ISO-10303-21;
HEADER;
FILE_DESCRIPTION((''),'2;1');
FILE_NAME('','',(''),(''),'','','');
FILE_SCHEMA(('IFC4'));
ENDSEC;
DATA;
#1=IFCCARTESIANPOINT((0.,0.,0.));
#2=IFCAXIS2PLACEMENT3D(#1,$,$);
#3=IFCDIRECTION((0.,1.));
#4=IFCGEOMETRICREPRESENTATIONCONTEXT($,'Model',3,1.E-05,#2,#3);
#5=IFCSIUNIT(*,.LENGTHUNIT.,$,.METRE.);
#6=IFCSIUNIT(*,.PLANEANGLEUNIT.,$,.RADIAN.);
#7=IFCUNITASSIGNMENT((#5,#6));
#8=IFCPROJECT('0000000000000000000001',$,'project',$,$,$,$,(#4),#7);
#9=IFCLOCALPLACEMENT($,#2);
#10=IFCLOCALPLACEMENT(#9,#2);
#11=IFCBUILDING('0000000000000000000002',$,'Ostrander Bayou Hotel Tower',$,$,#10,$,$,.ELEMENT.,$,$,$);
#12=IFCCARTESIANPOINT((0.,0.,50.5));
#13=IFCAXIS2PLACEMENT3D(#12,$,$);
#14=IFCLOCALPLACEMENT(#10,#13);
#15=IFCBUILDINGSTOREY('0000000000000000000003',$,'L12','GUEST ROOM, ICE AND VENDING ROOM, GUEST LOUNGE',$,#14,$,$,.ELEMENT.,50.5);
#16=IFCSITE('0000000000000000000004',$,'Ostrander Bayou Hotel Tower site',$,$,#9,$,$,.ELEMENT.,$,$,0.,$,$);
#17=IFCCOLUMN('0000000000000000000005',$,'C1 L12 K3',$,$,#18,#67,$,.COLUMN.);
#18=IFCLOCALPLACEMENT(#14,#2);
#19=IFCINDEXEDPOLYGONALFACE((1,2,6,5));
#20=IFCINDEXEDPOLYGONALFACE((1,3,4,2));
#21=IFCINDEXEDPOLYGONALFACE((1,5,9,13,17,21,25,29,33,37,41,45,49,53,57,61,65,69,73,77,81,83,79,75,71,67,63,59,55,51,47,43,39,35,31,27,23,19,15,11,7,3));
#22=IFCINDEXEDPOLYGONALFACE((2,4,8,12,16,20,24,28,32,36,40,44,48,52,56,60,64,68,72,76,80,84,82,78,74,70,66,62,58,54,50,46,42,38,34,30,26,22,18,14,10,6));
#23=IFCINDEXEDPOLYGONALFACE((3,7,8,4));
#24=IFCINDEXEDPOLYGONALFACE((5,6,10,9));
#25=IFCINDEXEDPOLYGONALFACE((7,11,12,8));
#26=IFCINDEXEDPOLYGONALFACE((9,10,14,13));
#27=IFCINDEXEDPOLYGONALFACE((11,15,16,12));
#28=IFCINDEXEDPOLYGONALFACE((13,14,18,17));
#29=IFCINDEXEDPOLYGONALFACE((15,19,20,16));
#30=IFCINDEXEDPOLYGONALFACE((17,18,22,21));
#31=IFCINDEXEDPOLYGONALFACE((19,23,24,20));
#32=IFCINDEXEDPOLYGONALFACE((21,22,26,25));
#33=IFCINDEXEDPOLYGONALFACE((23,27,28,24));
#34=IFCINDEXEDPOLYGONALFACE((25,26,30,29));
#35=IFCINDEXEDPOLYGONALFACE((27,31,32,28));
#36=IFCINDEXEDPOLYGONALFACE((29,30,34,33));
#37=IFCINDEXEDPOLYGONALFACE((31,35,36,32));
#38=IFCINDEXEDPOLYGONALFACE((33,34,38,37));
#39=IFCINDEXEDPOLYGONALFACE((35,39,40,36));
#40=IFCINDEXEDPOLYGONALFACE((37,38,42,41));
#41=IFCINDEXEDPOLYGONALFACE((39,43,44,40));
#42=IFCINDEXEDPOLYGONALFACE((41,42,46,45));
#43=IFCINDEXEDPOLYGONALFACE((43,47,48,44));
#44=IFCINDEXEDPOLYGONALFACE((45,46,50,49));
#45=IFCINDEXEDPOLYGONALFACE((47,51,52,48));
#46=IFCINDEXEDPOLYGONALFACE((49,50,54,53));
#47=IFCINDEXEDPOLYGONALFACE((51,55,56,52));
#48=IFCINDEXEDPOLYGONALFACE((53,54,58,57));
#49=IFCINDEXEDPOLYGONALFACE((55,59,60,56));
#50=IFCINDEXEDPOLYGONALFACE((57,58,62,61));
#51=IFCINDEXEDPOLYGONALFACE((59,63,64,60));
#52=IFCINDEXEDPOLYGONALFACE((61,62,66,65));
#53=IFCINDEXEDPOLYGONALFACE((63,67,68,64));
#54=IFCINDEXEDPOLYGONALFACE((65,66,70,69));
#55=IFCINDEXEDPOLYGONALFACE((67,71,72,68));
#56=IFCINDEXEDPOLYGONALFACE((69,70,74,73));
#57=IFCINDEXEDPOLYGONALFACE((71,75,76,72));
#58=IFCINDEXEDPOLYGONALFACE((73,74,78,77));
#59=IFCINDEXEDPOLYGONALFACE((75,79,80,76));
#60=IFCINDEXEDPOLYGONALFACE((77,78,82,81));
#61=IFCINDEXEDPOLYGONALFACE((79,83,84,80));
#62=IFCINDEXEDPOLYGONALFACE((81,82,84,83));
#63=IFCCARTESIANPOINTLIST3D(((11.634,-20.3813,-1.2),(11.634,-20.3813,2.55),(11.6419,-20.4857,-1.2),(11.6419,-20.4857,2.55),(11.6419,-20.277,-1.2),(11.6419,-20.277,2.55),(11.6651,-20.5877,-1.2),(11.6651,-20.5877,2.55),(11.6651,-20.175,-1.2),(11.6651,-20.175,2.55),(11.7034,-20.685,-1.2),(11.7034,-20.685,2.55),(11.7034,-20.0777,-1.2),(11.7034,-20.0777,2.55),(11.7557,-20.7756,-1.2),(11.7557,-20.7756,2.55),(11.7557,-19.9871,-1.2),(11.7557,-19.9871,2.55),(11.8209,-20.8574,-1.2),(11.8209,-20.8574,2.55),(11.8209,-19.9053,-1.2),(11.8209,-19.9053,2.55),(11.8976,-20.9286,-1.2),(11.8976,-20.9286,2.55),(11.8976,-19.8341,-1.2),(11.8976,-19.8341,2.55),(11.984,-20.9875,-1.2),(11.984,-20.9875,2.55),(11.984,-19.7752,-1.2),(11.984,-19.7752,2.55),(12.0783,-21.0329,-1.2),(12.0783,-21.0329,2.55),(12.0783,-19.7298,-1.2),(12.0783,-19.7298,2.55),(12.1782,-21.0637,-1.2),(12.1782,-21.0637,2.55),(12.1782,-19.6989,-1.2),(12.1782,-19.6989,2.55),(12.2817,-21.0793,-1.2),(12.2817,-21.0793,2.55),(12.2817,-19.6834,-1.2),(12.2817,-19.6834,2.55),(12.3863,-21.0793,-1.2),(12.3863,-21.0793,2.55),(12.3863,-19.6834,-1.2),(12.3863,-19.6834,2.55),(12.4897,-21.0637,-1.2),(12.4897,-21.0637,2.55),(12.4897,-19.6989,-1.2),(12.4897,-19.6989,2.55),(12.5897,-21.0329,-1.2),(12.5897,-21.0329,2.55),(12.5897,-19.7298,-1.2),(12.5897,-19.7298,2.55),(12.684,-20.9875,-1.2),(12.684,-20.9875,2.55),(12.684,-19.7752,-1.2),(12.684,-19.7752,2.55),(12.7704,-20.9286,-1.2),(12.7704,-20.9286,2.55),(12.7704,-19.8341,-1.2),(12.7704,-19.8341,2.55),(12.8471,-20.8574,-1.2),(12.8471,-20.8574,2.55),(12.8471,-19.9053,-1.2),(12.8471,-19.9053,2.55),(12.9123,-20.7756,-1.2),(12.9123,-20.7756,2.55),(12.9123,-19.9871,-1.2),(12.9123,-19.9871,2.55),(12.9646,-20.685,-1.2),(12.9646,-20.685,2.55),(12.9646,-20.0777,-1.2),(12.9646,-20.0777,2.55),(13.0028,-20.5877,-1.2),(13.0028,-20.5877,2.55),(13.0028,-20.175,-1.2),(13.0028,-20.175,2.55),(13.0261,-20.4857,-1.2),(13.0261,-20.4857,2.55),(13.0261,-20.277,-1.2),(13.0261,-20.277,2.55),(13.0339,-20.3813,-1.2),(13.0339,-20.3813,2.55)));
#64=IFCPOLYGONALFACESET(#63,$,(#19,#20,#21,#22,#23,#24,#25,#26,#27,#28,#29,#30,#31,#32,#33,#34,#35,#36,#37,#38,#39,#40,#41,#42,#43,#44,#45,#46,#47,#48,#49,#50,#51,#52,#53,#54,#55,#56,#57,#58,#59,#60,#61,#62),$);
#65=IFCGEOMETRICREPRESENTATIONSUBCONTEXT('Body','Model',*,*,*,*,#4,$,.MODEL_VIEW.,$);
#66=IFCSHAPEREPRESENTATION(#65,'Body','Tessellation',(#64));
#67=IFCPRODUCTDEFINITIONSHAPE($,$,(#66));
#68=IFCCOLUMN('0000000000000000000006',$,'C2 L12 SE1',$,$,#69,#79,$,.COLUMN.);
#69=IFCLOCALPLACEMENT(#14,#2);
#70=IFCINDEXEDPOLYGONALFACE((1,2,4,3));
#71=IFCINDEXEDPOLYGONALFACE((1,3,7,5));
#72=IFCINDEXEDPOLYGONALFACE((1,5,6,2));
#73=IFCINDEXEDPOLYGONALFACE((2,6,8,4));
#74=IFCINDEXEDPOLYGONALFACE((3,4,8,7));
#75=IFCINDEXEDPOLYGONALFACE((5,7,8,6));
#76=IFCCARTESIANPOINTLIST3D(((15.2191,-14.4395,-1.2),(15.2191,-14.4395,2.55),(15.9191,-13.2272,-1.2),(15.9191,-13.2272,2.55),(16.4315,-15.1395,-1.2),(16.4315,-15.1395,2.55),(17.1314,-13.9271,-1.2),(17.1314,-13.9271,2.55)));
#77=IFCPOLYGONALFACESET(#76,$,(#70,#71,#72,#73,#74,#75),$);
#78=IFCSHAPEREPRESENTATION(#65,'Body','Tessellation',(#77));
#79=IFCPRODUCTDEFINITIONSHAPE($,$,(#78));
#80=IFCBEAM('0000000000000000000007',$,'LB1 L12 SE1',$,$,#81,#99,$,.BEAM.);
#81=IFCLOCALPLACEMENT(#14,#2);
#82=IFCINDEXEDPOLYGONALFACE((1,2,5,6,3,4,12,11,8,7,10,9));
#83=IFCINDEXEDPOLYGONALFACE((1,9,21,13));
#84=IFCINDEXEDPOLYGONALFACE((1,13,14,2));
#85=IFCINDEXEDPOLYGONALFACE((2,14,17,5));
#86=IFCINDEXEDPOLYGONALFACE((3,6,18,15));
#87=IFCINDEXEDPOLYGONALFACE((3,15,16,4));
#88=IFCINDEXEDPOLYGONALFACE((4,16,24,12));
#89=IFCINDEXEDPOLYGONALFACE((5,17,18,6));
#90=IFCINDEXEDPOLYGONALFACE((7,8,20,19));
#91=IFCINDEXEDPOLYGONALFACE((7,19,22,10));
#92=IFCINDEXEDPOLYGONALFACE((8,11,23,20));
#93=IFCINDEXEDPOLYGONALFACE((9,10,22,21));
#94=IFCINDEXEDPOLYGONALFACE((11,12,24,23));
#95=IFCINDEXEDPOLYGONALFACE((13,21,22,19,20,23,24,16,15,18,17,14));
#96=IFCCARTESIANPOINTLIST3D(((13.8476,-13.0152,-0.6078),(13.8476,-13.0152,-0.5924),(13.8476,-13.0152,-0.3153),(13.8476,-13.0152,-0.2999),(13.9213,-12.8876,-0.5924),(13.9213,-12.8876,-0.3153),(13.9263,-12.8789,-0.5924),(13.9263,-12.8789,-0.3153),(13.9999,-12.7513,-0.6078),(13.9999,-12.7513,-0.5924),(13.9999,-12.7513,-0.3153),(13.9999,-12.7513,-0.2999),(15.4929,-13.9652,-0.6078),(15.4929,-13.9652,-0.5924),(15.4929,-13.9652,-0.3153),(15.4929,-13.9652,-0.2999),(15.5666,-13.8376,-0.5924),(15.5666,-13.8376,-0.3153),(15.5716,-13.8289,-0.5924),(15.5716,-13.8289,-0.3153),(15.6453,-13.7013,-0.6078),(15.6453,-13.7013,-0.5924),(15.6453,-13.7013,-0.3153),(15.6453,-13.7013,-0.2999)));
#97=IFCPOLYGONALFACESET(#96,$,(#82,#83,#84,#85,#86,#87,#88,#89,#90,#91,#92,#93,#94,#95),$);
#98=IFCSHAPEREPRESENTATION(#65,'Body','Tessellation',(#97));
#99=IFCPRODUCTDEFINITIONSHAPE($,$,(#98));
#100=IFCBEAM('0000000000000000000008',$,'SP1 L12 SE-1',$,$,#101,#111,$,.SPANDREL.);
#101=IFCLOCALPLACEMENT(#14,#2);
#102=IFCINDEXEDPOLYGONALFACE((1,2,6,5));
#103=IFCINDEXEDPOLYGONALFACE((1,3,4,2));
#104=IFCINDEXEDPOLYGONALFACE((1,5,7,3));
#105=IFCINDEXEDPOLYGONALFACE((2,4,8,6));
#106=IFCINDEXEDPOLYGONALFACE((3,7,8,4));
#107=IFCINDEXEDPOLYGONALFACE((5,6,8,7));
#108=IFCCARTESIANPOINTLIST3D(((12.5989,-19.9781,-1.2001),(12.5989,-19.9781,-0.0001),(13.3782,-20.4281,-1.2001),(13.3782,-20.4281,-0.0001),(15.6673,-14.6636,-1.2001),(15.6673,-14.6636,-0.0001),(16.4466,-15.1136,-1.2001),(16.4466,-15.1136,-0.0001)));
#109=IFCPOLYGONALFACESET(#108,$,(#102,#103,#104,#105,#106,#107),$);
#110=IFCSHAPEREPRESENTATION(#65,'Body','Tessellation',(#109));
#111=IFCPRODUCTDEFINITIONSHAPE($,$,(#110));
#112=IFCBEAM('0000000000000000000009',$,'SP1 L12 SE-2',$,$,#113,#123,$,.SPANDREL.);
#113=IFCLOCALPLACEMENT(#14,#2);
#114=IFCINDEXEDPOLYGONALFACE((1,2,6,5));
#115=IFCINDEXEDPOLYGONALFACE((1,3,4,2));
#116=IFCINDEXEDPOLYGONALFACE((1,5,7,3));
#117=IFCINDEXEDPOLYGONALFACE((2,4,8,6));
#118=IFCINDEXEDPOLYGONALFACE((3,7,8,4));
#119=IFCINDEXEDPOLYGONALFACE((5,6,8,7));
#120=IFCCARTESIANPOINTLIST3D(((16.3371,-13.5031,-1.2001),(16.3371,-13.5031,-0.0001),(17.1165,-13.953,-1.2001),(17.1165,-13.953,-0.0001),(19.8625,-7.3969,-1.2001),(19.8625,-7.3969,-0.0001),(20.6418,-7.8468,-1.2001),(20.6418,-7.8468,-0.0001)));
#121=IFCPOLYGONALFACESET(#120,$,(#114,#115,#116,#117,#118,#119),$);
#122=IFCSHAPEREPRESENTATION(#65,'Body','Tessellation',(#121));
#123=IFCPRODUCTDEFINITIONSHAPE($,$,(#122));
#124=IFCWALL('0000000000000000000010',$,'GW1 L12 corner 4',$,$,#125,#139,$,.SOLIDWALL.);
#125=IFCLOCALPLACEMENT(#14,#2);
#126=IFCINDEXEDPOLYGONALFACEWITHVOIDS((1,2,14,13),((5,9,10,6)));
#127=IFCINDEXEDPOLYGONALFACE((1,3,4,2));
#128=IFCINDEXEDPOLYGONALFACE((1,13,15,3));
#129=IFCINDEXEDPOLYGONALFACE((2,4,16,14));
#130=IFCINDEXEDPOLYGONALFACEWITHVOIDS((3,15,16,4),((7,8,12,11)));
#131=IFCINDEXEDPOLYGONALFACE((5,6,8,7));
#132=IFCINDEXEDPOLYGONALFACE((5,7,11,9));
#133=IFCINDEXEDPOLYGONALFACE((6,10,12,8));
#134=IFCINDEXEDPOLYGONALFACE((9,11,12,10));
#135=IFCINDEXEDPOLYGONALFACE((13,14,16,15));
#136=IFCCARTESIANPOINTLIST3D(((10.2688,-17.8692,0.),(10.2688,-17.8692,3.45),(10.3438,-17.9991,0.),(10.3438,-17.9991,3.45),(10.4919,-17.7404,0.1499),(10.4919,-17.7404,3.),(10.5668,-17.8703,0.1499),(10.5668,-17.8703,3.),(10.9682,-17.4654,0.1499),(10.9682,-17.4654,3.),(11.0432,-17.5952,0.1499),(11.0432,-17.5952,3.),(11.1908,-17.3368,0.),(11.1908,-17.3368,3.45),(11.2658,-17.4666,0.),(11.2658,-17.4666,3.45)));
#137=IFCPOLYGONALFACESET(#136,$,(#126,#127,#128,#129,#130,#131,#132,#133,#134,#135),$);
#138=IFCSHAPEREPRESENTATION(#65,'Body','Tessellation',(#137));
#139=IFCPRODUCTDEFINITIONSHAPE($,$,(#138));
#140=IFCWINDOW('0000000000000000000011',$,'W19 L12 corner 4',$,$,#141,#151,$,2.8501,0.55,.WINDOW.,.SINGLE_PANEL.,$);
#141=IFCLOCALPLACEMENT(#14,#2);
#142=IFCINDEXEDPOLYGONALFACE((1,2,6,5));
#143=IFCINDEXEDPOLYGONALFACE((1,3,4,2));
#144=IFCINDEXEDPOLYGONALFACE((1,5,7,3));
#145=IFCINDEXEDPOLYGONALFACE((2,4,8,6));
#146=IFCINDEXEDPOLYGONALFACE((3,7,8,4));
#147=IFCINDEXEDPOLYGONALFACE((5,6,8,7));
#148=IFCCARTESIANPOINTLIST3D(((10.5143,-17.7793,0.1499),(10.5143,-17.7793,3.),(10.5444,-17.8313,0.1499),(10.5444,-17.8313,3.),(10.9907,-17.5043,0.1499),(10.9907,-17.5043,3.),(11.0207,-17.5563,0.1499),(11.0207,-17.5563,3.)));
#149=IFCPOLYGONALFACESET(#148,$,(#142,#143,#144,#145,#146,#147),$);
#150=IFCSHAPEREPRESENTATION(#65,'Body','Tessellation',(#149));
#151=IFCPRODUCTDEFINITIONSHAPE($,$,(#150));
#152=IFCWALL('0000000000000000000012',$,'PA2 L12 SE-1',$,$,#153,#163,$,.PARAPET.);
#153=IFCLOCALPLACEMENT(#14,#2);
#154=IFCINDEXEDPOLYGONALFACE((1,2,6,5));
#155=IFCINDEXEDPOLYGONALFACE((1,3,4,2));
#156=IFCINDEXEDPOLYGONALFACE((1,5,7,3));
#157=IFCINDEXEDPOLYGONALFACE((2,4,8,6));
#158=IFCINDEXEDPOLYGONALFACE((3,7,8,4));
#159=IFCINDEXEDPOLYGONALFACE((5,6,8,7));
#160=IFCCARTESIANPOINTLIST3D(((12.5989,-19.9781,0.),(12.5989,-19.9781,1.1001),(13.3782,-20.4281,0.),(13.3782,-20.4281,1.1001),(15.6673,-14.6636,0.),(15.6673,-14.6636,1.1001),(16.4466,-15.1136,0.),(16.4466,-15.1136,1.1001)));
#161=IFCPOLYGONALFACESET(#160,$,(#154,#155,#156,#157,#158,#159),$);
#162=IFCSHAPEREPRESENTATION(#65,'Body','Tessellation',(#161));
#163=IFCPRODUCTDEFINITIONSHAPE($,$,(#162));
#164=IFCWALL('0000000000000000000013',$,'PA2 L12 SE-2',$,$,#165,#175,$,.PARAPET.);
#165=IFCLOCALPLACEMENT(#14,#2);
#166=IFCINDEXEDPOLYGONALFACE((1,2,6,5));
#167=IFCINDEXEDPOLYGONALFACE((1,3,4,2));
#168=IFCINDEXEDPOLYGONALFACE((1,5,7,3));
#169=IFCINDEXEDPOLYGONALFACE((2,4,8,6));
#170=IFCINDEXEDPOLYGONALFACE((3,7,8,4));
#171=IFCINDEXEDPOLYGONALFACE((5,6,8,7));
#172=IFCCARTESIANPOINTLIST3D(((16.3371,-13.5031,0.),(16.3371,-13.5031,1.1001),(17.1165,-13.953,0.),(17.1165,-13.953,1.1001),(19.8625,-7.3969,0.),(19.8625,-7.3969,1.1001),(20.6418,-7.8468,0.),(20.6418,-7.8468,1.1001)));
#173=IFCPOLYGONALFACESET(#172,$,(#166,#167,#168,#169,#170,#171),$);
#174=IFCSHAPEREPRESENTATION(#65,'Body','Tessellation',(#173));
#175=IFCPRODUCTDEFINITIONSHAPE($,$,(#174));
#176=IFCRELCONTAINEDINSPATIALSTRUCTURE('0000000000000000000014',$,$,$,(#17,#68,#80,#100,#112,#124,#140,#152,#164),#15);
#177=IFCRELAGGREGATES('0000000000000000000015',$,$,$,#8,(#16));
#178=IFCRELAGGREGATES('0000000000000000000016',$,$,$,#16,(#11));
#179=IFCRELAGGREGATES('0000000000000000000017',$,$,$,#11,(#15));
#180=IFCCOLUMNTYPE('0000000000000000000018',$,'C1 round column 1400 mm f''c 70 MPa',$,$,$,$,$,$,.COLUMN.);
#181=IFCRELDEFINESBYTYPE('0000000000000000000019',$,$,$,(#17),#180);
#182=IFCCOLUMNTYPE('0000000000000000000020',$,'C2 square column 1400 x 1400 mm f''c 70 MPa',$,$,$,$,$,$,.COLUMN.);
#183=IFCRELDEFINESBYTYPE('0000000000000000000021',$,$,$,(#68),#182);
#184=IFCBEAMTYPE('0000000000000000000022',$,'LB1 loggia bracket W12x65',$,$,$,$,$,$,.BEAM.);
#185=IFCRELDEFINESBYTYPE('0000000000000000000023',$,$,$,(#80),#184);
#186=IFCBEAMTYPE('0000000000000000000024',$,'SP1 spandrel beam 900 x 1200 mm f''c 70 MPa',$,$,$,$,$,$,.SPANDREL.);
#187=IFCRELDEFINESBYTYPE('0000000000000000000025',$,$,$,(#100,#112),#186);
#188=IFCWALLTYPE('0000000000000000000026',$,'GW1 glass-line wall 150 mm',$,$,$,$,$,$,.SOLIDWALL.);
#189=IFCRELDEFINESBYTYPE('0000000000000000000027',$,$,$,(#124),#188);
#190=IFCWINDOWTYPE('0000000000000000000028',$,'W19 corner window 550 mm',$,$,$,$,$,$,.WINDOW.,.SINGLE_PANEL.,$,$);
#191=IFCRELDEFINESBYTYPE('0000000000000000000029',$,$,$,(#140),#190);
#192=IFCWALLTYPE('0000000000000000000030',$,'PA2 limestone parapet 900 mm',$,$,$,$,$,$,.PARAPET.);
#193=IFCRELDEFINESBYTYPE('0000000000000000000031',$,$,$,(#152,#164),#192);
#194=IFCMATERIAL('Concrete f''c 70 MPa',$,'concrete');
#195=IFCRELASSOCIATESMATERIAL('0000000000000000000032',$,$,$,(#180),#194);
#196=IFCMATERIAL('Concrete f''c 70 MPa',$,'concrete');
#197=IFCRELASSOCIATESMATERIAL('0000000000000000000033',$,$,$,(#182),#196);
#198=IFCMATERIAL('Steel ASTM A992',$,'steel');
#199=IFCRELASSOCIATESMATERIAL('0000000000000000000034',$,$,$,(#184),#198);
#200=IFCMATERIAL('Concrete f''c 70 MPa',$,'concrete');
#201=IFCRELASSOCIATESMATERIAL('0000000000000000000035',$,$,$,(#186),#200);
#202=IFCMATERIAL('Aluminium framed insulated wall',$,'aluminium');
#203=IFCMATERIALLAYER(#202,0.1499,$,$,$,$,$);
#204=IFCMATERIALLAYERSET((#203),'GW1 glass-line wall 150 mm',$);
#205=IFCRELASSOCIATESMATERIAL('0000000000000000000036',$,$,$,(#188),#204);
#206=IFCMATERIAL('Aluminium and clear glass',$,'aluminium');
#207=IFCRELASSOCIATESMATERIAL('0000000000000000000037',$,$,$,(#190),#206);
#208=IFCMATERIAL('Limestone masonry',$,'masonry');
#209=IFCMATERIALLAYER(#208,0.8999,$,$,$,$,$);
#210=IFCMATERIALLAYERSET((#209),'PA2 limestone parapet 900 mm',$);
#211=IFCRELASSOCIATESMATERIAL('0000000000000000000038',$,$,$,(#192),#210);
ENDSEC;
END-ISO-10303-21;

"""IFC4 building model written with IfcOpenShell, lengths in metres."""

from ifc_helpers import new_model, si_unit, direction, frame, frame_2d, origin, origin_2d, place, context, subcontext, project, spatial, rectangle, circle, i_section, extrude, material, layer, layer_set, material_profile, profile_set, type_object, element, fill, save


model = new_model("IFC4")

# Units and contexts
model_context = context("Model", 3, precision=1e-05, world=origin(), true_north=direction((0.0, 1.0)))
body_context = subcontext(model_context, "Body", "Model", "MODEL_VIEW")
ifc_project = project(units=[si_unit("LENGTHUNIT", "METRE"), si_unit("PLANEANGLEUNIT", "RADIAN")], contexts=[model_context])

# Site, building, storey
site_placement = place(None, origin())
site = spatial("IfcSite", under=ifc_project, at=site_placement, Name="Ostrander Bayou Hotel Tower site", CompositionType="ELEMENT", RefElevation=0.0)
building_placement = place(site_placement, origin())
building = spatial("IfcBuilding", under=site, at=building_placement, Name="Ostrander Bayou Hotel Tower", CompositionType="ELEMENT")
storey_placement = place(building_placement, frame((0.0, 0.0, 50.5)))
storey = spatial("IfcBuildingStorey", under=building, at=storey_placement, Name="L12", Description="GUEST ROOM, ICE AND VENDING ROOM, GUEST LOUNGE", CompositionType="ELEMENT", Elevation=50.5)

# Columns
ifc_material_1 = material(Name="Concrete f'c 70 MPa", Category="concrete")
ifc_material_profile_1 = material_profile(ifc_material_1, circle(Radius=0.7, at=origin_2d()))
ifc_profile_set_1 = profile_set([ifc_material_profile_1], Name="Concrete f'c 70 MPa")
column_type_1 = type_object("IfcColumnType", Name="C1 round column 1400 mm f'c 70 MPa", PredefinedType="COLUMN", material=ifc_profile_set_1)
column_1_placement = place(storey_placement, frame((12.334, -20.3813, -1.2), z_axis=(0.0, 0.0, 1.0), x_axis=(1.0, 0.0, 0.0)))
element("IfcColumn", 1, at=column_1_placement, inside=storey, type_object=column_type_1, Name="C1 L12 K3", PredefinedType="COLUMN", context=body_context, shape_type="SweptSolid", body=[
    extrude(circle(Radius=0.7, at=origin_2d()), origin(), (0.0, 0.0, 1.0), 3.75),
])
ifc_material_2 = material(Name="Concrete f'c 70 MPa", Category="concrete")
ifc_material_profile_2 = material_profile(ifc_material_2, rectangle(XDim=1.3999, YDim=1.3999, at=origin_2d()))
ifc_profile_set_2 = profile_set([ifc_material_profile_2], Name="Concrete f'c 70 MPa")
column_type_2 = type_object("IfcColumnType", Name="C2 square column 1400 x 1400 mm f'c 70 MPa", PredefinedType="COLUMN", material=ifc_profile_set_2)
column_2_placement = place(storey_placement, frame((16.1753, -14.1833, -1.2), z_axis=(0.0, 0.0, 1.0), x_axis=(-0.5, -0.866025, 0.0)))
element("IfcColumn", 2, at=column_2_placement, inside=storey, type_object=column_type_2, Name="C2 L12 SE1", PredefinedType="COLUMN", context=body_context, shape_type="SweptSolid", body=[
    extrude(rectangle(XDim=1.3999, YDim=1.3999, at=origin_2d()), origin(), (0.0, 0.0, 1.0), 3.75),
])

# Beams
ifc_material_3 = material(Name="Steel ASTM A992", Category="steel")
ifc_material_profile_3 = material_profile(ifc_material_3, i_section(OverallWidth=0.3047, OverallDepth=0.3079, WebThickness=0.01, FlangeThickness=0.0154, at=origin_2d()))
ifc_profile_set_3 = profile_set([ifc_material_profile_3], Name="Steel ASTM A992")
beam_type_1 = type_object("IfcBeamType", Name="LB1 loggia bracket W12x65", PredefinedType="BEAM", material=ifc_profile_set_3)
beam_1_placement = place(storey_placement, frame((15.5691, -13.8333, -0.4539), z_axis=(-0.866012, 0.500023, 0.0), x_axis=(-0.500023, -0.866012, 0.0)))
element("IfcBeam", 3, at=beam_1_placement, inside=storey, type_object=beam_type_1, Name="LB1 L12 SE1", PredefinedType="BEAM", context=body_context, shape_type="SweptSolid", body=[
    extrude(i_section(OverallWidth=0.3047, OverallDepth=0.3079, WebThickness=0.01, FlangeThickness=0.0154, at=origin_2d()), origin(), (0.0, 0.0, 1.0), 1.8999),
])
ifc_material_4 = material(Name="Concrete f'c 70 MPa", Category="concrete")
ifc_material_profile_4 = material_profile(ifc_material_4, rectangle(XDim=0.8999, YDim=1.2, at=origin_2d()))
ifc_profile_set_4 = profile_set([ifc_material_profile_4], Name="Concrete f'c 70 MPa")
beam_type_2 = type_object("IfcBeamType", Name="SP1 spandrel beam 900 x 1200 mm f'c 70 MPa", PredefinedType="SPANDREL", material=ifc_profile_set_4)
beam_2_placement = place(storey_placement, frame((12.9885, -20.2031, -0.6001), z_axis=(0.500007, 0.866021, 0.0), x_axis=(-0.866021, 0.500007, 0.0)))
element("IfcBeam", 4, at=beam_2_placement, inside=storey, type_object=beam_type_2, Name="SP1 L12 SE-1", PredefinedType="SPANDREL", context=body_context, shape_type="SweptSolid", body=[
    extrude(rectangle(XDim=0.8999, YDim=1.2, at=origin_2d()), origin(), (0.0, 0.0, 1.0), 6.1367),
])
beam_3_placement = place(storey_placement, frame((16.7268, -13.728, -0.6001), z_axis=(0.499997, 0.866027, 0.0), x_axis=(-0.866027, 0.499997, 0.0)))
element("IfcBeam", 5, at=beam_3_placement, inside=storey, type_object=beam_type_2, Name="SP1 L12 SE-2", PredefinedType="SPANDREL", context=body_context, shape_type="SweptSolid", body=[
    extrude(rectangle(XDim=0.8999, YDim=1.2, at=origin_2d()), origin(), (0.0, 0.0, 1.0), 7.0508),
])

# Shared definitions
ifc_material_5 = material(Name="Aluminium framed insulated wall", Category="aluminium")
ifc_layer_1 = layer(ifc_material_5, 0.1499)
ifc_layer_set_1 = layer_set([ifc_layer_1], Name="GW1 glass-line wall 150 mm")
wall_type_1 = type_object("IfcWallType", Name="GW1 glass-line wall 150 mm", PredefinedType="SOLIDWALL", material=ifc_layer_set_1)

# Wall, opening, window
wall_1_placement = place(storey_placement, frame((10.3064, -17.9341, 0.0), z_axis=(0.0, 0.0, 1.0), x_axis=(0.865991, 0.50006, 0.0)))
wall_1 = element("IfcWall", 6, at=wall_1_placement, inside=storey, type_object=wall_type_1, Name="GW1 L12 corner 4", PredefinedType="SOLIDWALL", context=body_context, shape_type="SweptSolid", body=[
    extrude(rectangle(XDim=1.0647, YDim=0.1499, at=frame_2d((0.5322, 0.0))), origin(), (0.0, 0.0, 1.0), 3.45),
])
opening_1_placement = place(wall_1_placement, frame((0.2576, 0.0, 0.1499)))
opening_1 = element("IfcOpeningElement", 7, at=opening_1_placement, cuts=wall_1, PredefinedType="OPENING", context=body_context, shape_type="SweptSolid", body=[
    extrude(rectangle(XDim=0.55, YDim=2.8501, at=frame_2d((0.2749, 1.425))), frame((0.0, 0.075, 0.0), z_axis=(0.0, -1.0, 0.0), x_axis=(1.0, 0.0, 0.0)), (0.0, 0.0, 1.0), 0.1499),
])
ifc_material_6 = material(Name="Aluminium and clear glass", Category="aluminium")
window_type_1 = type_object("IfcWindowType", Name="W19 corner window 550 mm", PartitioningType="SINGLE_PANEL", PredefinedType="WINDOW", material=ifc_material_6)
window_1_placement = place(opening_1_placement, origin())
window_1 = element("IfcWindow", 8, at=window_1_placement, inside=storey, type_object=window_type_1, Name="W19 L12 corner 4", OverallHeight=2.8501, OverallWidth=0.55, PartitioningType="SINGLE_PANEL", PredefinedType="WINDOW", context=body_context, shape_type="SweptSolid", body=[
    extrude(rectangle(XDim=0.55, YDim=2.8501, at=frame_2d((0.2749, 1.425))), frame((0.0, 0.03, 0.0), z_axis=(0.0, -1.0, 0.0), x_axis=(1.0, 0.0, 0.0)), (0.0, 0.0, 1.0), 0.0601),
])
fill(opening_1, window_1)

# Walls
ifc_material_7 = material(Name="Limestone masonry", Category="masonry")
ifc_layer_2 = layer(ifc_material_7, 0.8999)
ifc_layer_set_2 = layer_set([ifc_layer_2], Name="PA2 limestone parapet 900 mm")
wall_type_2 = type_object("IfcWallType", Name="PA2 limestone parapet 900 mm", PredefinedType="PARAPET", material=ifc_layer_set_2)
wall_2_placement = place(storey_placement, frame((12.9885, -20.2031, 0.0), z_axis=(0.0, 0.0, 1.0), x_axis=(0.500007, 0.866021, 0.0)))
element("IfcWall", 9, at=wall_2_placement, inside=storey, type_object=wall_type_2, Name="PA2 L12 SE-1", PredefinedType="PARAPET", context=body_context, shape_type="SweptSolid", body=[
    extrude(rectangle(XDim=6.1367, YDim=0.8999, at=frame_2d((3.0684, 0.0))), origin(), (0.0, 0.0, 1.0), 1.1001),
])
wall_3_placement = place(storey_placement, frame((16.7268, -13.728, 0.0), z_axis=(0.0, 0.0, 1.0), x_axis=(0.499997, 0.866027, 0.0)))
element("IfcWall", 10, at=wall_3_placement, inside=storey, type_object=wall_type_2, Name="PA2 L12 SE-2", PredefinedType="PARAPET", context=body_context, shape_type="SweptSolid", body=[
    extrude(rectangle(XDim=7.0508, YDim=0.8999, at=frame_2d((3.5254, 0.0))), origin(), (0.0, 0.0, 1.0), 1.1001),
])

save(model, "model.ifc")
